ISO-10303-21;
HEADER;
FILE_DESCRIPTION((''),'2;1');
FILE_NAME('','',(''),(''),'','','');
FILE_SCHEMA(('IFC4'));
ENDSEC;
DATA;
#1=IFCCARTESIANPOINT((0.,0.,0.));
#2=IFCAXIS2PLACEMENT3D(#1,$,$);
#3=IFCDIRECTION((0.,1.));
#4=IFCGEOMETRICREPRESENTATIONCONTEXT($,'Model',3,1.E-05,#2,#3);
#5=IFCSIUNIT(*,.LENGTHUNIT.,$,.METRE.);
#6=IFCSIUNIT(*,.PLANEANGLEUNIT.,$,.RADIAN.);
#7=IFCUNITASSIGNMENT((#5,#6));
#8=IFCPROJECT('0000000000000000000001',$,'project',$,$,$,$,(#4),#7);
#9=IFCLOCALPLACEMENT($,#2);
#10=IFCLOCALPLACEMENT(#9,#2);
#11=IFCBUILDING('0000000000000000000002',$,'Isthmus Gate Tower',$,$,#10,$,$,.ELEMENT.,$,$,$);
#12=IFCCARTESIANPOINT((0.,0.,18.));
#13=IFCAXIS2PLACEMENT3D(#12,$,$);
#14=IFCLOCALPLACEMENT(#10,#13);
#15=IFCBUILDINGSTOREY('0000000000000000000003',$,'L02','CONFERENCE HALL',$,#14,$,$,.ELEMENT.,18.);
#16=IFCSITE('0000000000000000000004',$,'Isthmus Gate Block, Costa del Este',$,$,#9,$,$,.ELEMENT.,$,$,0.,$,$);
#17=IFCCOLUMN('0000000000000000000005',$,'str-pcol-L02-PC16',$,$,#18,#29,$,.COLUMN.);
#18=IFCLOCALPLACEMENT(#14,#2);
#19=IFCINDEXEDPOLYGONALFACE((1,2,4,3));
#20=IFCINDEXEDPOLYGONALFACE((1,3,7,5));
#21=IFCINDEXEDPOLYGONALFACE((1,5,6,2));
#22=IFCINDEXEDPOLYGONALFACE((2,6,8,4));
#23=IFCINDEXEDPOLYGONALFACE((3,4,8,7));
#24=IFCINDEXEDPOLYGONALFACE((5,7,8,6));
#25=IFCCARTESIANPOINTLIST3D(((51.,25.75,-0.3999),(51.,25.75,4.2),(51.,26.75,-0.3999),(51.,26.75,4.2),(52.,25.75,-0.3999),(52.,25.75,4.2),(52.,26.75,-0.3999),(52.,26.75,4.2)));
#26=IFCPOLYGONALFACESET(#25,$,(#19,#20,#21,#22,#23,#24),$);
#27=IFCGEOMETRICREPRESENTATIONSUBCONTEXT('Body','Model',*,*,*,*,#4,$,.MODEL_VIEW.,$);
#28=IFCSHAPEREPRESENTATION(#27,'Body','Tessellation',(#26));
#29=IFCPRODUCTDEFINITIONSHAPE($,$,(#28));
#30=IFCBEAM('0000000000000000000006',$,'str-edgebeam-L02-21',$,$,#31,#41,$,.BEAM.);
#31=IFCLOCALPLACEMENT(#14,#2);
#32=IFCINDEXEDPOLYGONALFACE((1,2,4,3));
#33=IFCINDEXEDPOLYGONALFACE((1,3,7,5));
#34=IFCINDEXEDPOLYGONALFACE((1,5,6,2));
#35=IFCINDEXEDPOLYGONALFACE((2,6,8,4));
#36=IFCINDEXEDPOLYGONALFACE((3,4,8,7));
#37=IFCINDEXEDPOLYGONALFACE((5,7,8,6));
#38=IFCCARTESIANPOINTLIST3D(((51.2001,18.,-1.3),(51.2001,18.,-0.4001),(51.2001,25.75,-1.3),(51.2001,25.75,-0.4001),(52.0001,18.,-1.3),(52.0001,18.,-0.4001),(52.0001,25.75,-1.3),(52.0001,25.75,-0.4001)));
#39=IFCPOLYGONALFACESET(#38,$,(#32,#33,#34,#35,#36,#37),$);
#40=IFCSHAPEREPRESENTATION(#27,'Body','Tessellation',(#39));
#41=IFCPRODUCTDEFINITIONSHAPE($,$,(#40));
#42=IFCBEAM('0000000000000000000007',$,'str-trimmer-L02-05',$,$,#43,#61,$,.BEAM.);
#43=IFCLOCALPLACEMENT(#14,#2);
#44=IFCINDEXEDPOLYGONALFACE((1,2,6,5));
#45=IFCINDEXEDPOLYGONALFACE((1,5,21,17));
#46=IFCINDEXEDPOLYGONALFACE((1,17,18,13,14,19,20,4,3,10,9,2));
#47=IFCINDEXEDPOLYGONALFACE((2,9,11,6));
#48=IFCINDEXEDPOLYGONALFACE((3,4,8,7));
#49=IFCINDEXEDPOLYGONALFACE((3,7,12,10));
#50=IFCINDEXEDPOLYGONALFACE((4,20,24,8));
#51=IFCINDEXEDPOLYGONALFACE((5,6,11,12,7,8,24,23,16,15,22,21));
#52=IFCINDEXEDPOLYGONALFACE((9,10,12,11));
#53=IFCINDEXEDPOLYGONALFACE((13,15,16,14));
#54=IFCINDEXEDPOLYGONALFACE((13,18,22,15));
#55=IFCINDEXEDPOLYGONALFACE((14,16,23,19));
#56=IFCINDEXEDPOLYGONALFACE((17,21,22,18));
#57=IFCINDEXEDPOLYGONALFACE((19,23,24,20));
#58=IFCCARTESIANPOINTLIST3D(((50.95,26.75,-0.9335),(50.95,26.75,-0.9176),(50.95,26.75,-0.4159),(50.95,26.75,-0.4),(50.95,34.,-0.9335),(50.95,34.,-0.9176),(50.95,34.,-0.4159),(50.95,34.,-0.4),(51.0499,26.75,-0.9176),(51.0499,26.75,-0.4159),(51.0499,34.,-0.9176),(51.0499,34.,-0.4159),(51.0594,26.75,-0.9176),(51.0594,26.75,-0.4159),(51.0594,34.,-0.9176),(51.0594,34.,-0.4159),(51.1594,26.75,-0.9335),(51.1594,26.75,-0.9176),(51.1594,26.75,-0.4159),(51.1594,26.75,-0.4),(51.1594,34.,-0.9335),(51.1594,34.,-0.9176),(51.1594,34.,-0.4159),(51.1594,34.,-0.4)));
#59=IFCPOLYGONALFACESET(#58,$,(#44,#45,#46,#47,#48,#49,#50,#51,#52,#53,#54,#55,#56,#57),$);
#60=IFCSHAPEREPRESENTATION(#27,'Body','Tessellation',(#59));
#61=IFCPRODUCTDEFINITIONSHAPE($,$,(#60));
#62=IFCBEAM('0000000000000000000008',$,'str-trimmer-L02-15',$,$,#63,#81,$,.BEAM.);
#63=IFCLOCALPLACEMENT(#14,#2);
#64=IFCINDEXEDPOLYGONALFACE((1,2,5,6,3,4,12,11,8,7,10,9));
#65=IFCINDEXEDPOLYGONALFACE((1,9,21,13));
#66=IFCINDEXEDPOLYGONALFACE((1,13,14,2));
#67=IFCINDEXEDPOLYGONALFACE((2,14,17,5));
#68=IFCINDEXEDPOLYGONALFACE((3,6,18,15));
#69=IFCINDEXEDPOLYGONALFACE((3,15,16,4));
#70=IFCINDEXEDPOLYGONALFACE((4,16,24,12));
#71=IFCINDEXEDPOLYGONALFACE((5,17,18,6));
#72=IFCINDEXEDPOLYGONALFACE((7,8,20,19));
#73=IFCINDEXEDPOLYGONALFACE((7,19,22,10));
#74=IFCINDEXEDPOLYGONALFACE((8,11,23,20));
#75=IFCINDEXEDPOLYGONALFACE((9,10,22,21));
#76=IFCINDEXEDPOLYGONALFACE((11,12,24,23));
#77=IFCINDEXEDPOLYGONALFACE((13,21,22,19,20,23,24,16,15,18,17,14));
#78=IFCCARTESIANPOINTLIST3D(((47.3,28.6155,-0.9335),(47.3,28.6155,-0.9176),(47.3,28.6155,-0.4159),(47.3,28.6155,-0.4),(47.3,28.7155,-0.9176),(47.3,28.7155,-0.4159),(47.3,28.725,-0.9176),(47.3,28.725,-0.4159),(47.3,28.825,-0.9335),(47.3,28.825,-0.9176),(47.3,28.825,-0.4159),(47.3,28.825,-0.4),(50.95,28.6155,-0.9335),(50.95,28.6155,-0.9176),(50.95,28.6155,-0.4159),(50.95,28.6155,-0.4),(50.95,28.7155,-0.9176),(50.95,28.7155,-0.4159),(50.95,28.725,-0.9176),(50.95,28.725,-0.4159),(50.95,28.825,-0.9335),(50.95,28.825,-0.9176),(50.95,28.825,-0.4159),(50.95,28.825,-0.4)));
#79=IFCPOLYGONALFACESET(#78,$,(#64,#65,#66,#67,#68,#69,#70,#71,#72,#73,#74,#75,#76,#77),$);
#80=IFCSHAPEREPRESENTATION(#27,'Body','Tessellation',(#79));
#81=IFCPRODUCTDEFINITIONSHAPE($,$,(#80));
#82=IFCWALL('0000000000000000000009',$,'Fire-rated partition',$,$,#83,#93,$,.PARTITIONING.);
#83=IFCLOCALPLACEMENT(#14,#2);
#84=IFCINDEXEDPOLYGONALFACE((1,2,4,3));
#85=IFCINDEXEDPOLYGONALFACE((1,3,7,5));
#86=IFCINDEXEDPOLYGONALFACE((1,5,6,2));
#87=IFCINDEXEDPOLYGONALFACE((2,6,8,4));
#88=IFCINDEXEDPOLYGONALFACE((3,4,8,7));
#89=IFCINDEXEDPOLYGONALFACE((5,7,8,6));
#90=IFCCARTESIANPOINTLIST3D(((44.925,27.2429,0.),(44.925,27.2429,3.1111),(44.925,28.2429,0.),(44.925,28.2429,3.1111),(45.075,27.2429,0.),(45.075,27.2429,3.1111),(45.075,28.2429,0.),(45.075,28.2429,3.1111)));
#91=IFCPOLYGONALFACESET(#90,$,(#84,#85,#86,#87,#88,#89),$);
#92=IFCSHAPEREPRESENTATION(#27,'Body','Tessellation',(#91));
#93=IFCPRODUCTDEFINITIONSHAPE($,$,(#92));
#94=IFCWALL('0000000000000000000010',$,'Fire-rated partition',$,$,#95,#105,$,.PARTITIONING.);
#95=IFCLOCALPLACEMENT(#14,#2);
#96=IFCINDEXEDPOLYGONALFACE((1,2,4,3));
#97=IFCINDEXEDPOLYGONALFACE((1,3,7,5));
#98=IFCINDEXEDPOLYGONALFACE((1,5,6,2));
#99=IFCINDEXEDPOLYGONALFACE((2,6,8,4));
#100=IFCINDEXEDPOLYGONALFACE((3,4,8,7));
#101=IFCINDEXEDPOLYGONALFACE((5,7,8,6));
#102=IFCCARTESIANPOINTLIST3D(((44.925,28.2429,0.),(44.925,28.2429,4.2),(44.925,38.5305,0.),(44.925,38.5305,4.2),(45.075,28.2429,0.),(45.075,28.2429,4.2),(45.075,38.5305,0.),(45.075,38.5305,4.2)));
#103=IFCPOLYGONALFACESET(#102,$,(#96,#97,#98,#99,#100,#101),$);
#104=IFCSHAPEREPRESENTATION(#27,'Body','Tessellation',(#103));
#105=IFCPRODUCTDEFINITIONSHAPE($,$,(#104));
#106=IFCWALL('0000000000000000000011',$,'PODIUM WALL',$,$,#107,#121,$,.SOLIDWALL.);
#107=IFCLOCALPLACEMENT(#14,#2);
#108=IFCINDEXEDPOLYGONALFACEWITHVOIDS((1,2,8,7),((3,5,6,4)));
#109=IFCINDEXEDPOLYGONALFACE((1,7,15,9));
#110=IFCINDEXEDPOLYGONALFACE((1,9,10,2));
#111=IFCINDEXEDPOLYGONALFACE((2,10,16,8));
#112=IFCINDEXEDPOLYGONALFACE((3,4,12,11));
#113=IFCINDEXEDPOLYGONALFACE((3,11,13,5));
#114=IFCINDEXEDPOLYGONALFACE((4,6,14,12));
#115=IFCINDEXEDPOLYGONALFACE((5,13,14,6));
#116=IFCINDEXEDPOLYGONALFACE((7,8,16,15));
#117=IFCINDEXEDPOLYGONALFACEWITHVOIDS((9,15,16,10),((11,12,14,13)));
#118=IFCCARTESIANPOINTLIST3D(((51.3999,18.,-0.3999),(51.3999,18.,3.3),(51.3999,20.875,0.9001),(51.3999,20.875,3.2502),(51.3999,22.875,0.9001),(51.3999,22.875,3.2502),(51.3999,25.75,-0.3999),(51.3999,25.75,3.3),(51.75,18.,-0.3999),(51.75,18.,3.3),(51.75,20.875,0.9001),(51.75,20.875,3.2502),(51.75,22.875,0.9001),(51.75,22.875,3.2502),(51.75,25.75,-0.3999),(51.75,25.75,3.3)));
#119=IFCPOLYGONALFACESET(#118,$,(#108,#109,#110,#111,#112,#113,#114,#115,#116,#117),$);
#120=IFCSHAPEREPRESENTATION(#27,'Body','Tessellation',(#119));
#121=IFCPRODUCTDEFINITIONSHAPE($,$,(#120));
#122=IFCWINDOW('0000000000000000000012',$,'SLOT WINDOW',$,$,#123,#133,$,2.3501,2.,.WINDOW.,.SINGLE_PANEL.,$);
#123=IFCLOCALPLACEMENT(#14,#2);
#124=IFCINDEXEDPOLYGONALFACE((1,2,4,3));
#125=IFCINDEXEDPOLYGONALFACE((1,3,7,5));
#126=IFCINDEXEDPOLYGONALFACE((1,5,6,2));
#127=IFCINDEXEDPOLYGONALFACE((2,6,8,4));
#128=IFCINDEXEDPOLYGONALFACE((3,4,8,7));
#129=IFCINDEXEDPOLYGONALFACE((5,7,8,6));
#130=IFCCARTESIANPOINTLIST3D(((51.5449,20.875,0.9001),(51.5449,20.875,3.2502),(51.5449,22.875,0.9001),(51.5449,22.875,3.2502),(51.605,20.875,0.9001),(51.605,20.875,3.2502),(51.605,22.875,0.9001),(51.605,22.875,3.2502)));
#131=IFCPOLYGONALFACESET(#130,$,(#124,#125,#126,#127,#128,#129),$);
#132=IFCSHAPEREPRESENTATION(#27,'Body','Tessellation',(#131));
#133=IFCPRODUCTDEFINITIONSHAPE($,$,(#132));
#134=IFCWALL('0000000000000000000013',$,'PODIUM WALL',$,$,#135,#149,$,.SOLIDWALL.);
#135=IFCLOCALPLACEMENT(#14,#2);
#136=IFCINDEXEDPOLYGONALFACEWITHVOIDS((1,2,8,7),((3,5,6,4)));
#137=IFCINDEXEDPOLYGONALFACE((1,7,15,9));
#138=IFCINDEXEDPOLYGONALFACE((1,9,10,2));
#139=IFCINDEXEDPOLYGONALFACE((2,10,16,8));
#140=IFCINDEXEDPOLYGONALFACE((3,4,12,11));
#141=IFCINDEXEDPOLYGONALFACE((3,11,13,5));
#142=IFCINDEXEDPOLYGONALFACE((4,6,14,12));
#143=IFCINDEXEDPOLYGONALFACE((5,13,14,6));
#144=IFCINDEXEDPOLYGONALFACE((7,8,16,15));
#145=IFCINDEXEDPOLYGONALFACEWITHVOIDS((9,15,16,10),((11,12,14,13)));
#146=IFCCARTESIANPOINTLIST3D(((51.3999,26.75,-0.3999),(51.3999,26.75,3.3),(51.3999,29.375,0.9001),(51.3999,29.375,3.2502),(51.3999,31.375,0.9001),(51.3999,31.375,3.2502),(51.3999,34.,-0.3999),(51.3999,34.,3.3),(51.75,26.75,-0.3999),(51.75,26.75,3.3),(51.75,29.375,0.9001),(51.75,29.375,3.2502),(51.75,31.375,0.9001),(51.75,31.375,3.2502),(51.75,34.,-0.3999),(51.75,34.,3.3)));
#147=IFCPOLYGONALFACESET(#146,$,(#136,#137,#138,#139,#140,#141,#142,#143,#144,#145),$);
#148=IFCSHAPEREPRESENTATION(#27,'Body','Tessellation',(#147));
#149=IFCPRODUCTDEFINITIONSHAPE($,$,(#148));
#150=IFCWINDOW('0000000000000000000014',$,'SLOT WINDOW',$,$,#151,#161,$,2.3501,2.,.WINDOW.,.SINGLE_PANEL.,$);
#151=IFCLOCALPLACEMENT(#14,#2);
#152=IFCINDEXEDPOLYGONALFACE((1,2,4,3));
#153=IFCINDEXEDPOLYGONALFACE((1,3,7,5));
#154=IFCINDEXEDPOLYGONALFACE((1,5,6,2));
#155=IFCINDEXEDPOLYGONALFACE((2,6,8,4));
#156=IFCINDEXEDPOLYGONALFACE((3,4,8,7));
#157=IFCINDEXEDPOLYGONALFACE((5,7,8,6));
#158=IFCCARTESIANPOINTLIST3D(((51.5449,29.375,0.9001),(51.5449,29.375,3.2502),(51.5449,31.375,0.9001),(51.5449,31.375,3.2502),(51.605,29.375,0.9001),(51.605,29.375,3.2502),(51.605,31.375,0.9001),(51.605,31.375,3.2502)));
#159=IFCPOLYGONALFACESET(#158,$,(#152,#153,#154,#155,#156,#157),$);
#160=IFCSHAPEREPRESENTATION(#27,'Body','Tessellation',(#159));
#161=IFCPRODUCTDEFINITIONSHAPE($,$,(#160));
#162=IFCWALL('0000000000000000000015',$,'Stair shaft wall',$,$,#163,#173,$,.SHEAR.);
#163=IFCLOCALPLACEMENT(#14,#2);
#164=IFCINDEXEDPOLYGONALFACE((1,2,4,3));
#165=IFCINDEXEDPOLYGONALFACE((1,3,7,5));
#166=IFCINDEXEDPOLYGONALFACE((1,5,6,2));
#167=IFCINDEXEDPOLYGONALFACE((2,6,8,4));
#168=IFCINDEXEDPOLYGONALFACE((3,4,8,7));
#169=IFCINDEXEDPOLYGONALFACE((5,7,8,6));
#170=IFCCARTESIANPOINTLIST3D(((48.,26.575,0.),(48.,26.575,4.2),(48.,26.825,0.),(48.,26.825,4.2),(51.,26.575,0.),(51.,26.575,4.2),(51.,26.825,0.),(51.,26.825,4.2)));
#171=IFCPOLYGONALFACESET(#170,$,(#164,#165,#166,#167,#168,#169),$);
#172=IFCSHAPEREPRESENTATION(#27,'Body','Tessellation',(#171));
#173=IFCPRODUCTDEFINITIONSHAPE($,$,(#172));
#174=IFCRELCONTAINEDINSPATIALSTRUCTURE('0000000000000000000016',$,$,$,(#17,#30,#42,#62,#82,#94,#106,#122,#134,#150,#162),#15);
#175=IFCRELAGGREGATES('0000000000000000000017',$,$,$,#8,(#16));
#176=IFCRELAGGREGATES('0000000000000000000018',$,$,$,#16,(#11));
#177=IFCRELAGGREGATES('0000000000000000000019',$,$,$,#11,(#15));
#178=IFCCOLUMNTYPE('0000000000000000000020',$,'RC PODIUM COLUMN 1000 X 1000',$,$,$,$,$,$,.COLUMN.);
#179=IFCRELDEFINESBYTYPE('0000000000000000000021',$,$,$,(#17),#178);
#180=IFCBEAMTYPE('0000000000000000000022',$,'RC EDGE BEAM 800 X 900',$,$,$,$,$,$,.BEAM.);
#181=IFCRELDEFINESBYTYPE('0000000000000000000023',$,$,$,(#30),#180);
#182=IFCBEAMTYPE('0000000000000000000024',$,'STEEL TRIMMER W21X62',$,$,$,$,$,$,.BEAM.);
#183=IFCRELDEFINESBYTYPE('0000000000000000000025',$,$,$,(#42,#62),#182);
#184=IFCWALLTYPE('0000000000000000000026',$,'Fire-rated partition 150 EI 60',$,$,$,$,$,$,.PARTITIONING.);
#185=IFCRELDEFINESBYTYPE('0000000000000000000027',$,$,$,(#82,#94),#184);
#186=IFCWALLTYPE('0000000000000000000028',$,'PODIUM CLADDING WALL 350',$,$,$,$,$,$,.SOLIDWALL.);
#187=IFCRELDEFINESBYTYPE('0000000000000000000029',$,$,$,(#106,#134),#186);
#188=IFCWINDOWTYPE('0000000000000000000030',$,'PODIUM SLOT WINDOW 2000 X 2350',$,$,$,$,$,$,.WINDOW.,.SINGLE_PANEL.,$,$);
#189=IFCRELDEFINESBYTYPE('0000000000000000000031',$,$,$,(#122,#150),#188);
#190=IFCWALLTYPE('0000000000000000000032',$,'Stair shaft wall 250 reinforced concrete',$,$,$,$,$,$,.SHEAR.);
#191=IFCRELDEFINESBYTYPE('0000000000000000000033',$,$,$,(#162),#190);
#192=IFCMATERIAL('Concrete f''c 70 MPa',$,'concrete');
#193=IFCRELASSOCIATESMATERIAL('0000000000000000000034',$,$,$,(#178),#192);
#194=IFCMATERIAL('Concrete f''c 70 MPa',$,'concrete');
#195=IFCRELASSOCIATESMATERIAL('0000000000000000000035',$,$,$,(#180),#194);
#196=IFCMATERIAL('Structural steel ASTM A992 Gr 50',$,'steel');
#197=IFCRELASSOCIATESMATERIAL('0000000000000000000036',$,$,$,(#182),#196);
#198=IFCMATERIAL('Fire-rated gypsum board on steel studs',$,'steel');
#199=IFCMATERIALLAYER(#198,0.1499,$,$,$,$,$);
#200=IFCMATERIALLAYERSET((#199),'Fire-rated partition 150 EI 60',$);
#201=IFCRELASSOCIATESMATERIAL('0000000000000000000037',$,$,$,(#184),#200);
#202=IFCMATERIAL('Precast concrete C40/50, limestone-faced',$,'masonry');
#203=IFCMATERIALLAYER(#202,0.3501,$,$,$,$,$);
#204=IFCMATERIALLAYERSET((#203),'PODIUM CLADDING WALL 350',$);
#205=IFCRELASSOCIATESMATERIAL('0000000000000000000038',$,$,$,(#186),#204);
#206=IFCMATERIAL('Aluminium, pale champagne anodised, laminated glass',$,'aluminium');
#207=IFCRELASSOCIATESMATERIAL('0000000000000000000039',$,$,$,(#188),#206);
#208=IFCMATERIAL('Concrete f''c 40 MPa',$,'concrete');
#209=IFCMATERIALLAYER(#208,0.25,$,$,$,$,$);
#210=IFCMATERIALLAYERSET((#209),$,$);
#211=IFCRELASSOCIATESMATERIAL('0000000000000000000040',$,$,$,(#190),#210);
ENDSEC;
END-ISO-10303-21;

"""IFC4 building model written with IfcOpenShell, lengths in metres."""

from ifc_helpers import new_model, si_unit, direction, frame, frame_2d, origin, origin_2d, place, context, subcontext, project, spatial, rectangle, i_section, extrude, material, layer, layer_set, material_profile, profile_set, type_object, element, fill, save


model = new_model("IFC4")

# Units and contexts
model_context = context("Model", 3, precision=1e-05, world=origin(), true_north=direction((0.0, 1.0)))
body_context = subcontext(model_context, "Body", "Model", "MODEL_VIEW")
ifc_project = project(units=[si_unit("LENGTHUNIT", "METRE"), si_unit("PLANEANGLEUNIT", "RADIAN")], contexts=[model_context])

# Site, building, storey
site_placement = place(None, origin())
site = spatial("IfcSite", under=ifc_project, at=site_placement, Name="Isthmus Gate Block, Costa del Este", CompositionType="ELEMENT", RefElevation=0.0)
building_placement = place(site_placement, origin())
building = spatial("IfcBuilding", under=site, at=building_placement, Name="Isthmus Gate Tower", CompositionType="ELEMENT")
storey_placement = place(building_placement, frame((0.0, 0.0, 18.0)))
storey = spatial("IfcBuildingStorey", under=building, at=storey_placement, Name="L02", Description="CONFERENCE HALL", CompositionType="ELEMENT", Elevation=18.0)

# Column
ifc_material_1 = material(Name="Concrete f'c 70 MPa", Category="concrete")
ifc_material_profile_1 = material_profile(ifc_material_1, rectangle(XDim=1.0, YDim=1.0, at=origin_2d()), Name="RC 1000X1000")
ifc_profile_set_1 = profile_set([ifc_material_profile_1], Name="Concrete f'c 70 MPa")
column_type = type_object("IfcColumnType", Name="RC PODIUM COLUMN 1000 X 1000", PredefinedType="COLUMN", material=ifc_profile_set_1)
column_placement = place(storey_placement, frame((51.5, 26.25, -0.3999), z_axis=(0.0, 0.0, 1.0), x_axis=(0.0, 1.0, 0.0)))
element("IfcColumn", 1, at=column_placement, inside=storey, type_object=column_type, Name="str-pcol-L02-PC16", PredefinedType="COLUMN", context=body_context, shape_type="SweptSolid", body=[
    extrude(rectangle(XDim=1.0, YDim=1.0, at=origin_2d()), origin(), (0.0, 0.0, 1.0), 4.5999),
])

# Beams
ifc_material_2 = material(Name="Concrete f'c 70 MPa", Category="concrete")
ifc_material_profile_2 = material_profile(ifc_material_2, rectangle(XDim=0.8, YDim=0.8999, at=origin_2d()), Name="RC 800X900")
ifc_profile_set_2 = profile_set([ifc_material_profile_2], Name="Concrete f'c 70 MPa")
beam_type_1 = type_object("IfcBeamType", Name="RC EDGE BEAM 800 X 900", PredefinedType="BEAM", material=ifc_profile_set_2)
beam_1_placement = place(storey_placement, frame((51.6001, 25.75, -0.8501), z_axis=(0.0, -1.0, 0.0), x_axis=(1.0, 0.0, 0.0)))
element("IfcBeam", 2, at=beam_1_placement, inside=storey, type_object=beam_type_1, Name="str-edgebeam-L02-21", PredefinedType="BEAM", context=body_context, shape_type="SweptSolid", body=[
    extrude(rectangle(XDim=0.8, YDim=0.8999, at=origin_2d()), origin(), (0.0, 0.0, 1.0), 7.75),
])
ifc_material_3 = material(Name="Structural steel ASTM A992 Gr 50", Category="steel")
ifc_material_profile_3 = material_profile(ifc_material_3, i_section(OverallWidth=0.2095, OverallDepth=0.5334, WebThickness=0.0095, FlangeThickness=0.0159, at=origin_2d()), Name="W21X62")
ifc_profile_set_3 = profile_set([ifc_material_profile_3], Name="Structural steel ASTM A992 Gr 50")
beam_type_2 = type_object("IfcBeamType", Name="STEEL TRIMMER W21X62", PredefinedType="BEAM", material=ifc_profile_set_3)
beam_2_placement = place(storey_placement, frame((51.0547, 26.75, -0.6667), z_axis=(0.0, 1.0, 0.0), x_axis=(-1.0, 0.0, 0.0)))
element("IfcBeam", 3, at=beam_2_placement, inside=storey, type_object=beam_type_2, Name="str-trimmer-L02-05", PredefinedType="BEAM", context=body_context, shape_type="SweptSolid", body=[
    extrude(i_section(OverallWidth=0.2095, OverallDepth=0.5334, WebThickness=0.0095, FlangeThickness=0.0159, at=origin_2d()), origin(), (0.0, 0.0, 1.0), 7.25),
])
beam_3_placement = place(storey_placement, frame((47.3, 28.7202, -0.6667), z_axis=(1.0, 0.0, 0.0), x_axis=(0.0, 1.0, 0.0)))
element("IfcBeam", 4, at=beam_3_placement, inside=storey, type_object=beam_type_2, Name="str-trimmer-L02-15", PredefinedType="BEAM", context=body_context, shape_type="SweptSolid", body=[
    extrude(i_section(OverallWidth=0.2095, OverallDepth=0.5334, WebThickness=0.0095, FlangeThickness=0.0159, at=origin_2d()), origin(), (0.0, 0.0, 1.0), 3.6499),
])

# Walls
ifc_material_4 = material(Name="Fire-rated gypsum board on steel studs", Category="steel")
ifc_layer_1 = layer(ifc_material_4, 0.1499)
ifc_layer_set_1 = layer_set([ifc_layer_1], Name="Fire-rated partition 150 EI 60")
wall_type_1 = type_object("IfcWallType", Name="Fire-rated partition 150 EI 60", PredefinedType="PARTITIONING", material=ifc_layer_set_1)
wall_1_placement = place(storey_placement, frame((45.0, 27.2429, 0.0), z_axis=(0.0, 0.0, 1.0), x_axis=(0.0, 1.0, 0.0)))
element("IfcWall", 5, at=wall_1_placement, inside=storey, type_object=wall_type_1, Name="Fire-rated partition", PredefinedType="PARTITIONING", context=body_context, shape_type="SweptSolid", body=[
    extrude(rectangle(XDim=1.0, YDim=0.1499, at=frame_2d((0.5, 0.0))), origin(), (0.0, 0.0, 1.0), 3.1111),
])
wall_2_placement = place(storey_placement, frame((45.0, 28.2429, 0.0), z_axis=(0.0, 0.0, 1.0), x_axis=(0.0, 1.0, 0.0)))
element("IfcWall", 6, at=wall_2_placement, inside=storey, type_object=wall_type_1, Name="Fire-rated partition", PredefinedType="PARTITIONING", context=body_context, shape_type="SweptSolid", body=[
    extrude(rectangle(XDim=10.2876, YDim=0.1499, at=frame_2d((5.1438, 0.0))), origin(), (0.0, 0.0, 1.0), 4.2),
])

# Walls, openings, windows
ifc_material_5 = material(Name="Precast concrete C40/50, limestone-faced", Category="masonry")
ifc_layer_2 = layer(ifc_material_5, 0.3501)
ifc_layer_set_2 = layer_set([ifc_layer_2], Name="PODIUM CLADDING WALL 350")
wall_type_2 = type_object("IfcWallType", Name="PODIUM CLADDING WALL 350", PredefinedType="SOLIDWALL", material=ifc_layer_set_2)
wall_3_placement = place(storey_placement, frame((51.575, 18.0, -0.3999), z_axis=(0.0, 0.0, 1.0), x_axis=(0.0, 1.0, 0.0)))
wall_3 = element("IfcWall", 7, at=wall_3_placement, inside=storey, type_object=wall_type_2, Name="PODIUM WALL", PredefinedType="SOLIDWALL", context=body_context, shape_type="SweptSolid", body=[
    extrude(rectangle(XDim=7.75, YDim=0.3501, at=frame_2d((3.875, 0.0))), origin(), (0.0, 0.0, 1.0), 3.7),
])
opening_1_placement = place(wall_3_placement, frame((2.875, 0.0, 1.3)))
opening_1 = element("IfcOpeningElement", 8, at=opening_1_placement, cuts=wall_3, PredefinedType="OPENING", context=body_context, shape_type="SweptSolid", body=[
    extrude(rectangle(XDim=2.0, YDim=2.3501, at=frame_2d((1.0, 1.175))), frame((0.0, 0.1851, 0.0), z_axis=(0.0, -1.0, 0.0), x_axis=(1.0, 0.0, 0.0)), (0.0, 0.0, 1.0), 0.3701),
])
ifc_material_6 = material(Name="Aluminium, pale champagne anodised, laminated glass", Category="aluminium")
window_type = type_object("IfcWindowType", Name="PODIUM SLOT WINDOW 2000 X 2350", PartitioningType="SINGLE_PANEL", PredefinedType="WINDOW", material=ifc_material_6)
window_1_placement = place(opening_1_placement, origin())
window_1 = element("IfcWindow", 9, at=window_1_placement, inside=storey, type_object=window_type, Name="SLOT WINDOW", OverallHeight=2.3501, OverallWidth=2.0, PartitioningType="SINGLE_PANEL", PredefinedType="WINDOW", context=body_context, shape_type="SweptSolid", body=[
    extrude(rectangle(XDim=2.0, YDim=2.3501, at=frame_2d((1.0, 1.175))), frame((0.0, 0.03, 0.0), z_axis=(0.0, -1.0, 0.0), x_axis=(1.0, 0.0, 0.0)), (0.0, 0.0, 1.0), 0.0601),
])
fill(opening_1, window_1)
wall_4_placement = place(storey_placement, frame((51.575, 26.75, -0.3999), z_axis=(0.0, 0.0, 1.0), x_axis=(0.0, 1.0, 0.0)))
wall_4 = element("IfcWall", 10, at=wall_4_placement, inside=storey, type_object=wall_type_2, Name="PODIUM WALL", PredefinedType="SOLIDWALL", context=body_context, shape_type="SweptSolid", body=[
    extrude(rectangle(XDim=7.25, YDim=0.3501, at=frame_2d((3.625, 0.0))), origin(), (0.0, 0.0, 1.0), 3.7),
])
opening_2_placement = place(wall_4_placement, frame((2.625, 0.0, 1.3)))
opening_2 = element("IfcOpeningElement", 11, at=opening_2_placement, cuts=wall_4, PredefinedType="OPENING", context=body_context, shape_type="SweptSolid", body=[
    extrude(rectangle(XDim=2.0, YDim=2.3501, at=frame_2d((1.0, 1.175))), frame((0.0, 0.1851, 0.0), z_axis=(0.0, -1.0, 0.0), x_axis=(1.0, 0.0, 0.0)), (0.0, 0.0, 1.0), 0.3701),
])
window_2_placement = place(opening_2_placement, origin())
window_2 = element("IfcWindow", 12, at=window_2_placement, inside=storey, type_object=window_type, Name="SLOT WINDOW", OverallHeight=2.3501, OverallWidth=2.0, PartitioningType="SINGLE_PANEL", PredefinedType="WINDOW", context=body_context, shape_type="SweptSolid", body=[
    extrude(rectangle(XDim=2.0, YDim=2.3501, at=frame_2d((1.0, 1.175))), frame((0.0, 0.03, 0.0), z_axis=(0.0, -1.0, 0.0), x_axis=(1.0, 0.0, 0.0)), (0.0, 0.0, 1.0), 0.0601),
])
fill(opening_2, window_2)

# Wall
ifc_material_7 = material(Name="Concrete f'c 40 MPa", Category="concrete")
ifc_layer_3 = layer(ifc_material_7, 0.25)
ifc_layer_set_3 = layer_set([ifc_layer_3])
wall_type_3 = type_object("IfcWallType", Name="Stair shaft wall 250 reinforced concrete", PredefinedType="SHEAR", material=ifc_layer_set_3)
wall_5_placement = place(storey_placement, frame((48.0, 26.7, 0.0), z_axis=(0.0, 0.0, 1.0), x_axis=(1.0, 0.0, 0.0)))
element("IfcWall", 13, at=wall_5_placement, inside=storey, type_object=wall_type_3, Name="Stair shaft wall", PredefinedType="SHEAR", context=body_context, shape_type="SweptSolid", body=[
    extrude(rectangle(XDim=3.0, YDim=0.25, at=frame_2d((1.5, 0.0))), origin(), (0.0, 0.0, 1.0), 4.2),
])

save(model, "model.ifc")
